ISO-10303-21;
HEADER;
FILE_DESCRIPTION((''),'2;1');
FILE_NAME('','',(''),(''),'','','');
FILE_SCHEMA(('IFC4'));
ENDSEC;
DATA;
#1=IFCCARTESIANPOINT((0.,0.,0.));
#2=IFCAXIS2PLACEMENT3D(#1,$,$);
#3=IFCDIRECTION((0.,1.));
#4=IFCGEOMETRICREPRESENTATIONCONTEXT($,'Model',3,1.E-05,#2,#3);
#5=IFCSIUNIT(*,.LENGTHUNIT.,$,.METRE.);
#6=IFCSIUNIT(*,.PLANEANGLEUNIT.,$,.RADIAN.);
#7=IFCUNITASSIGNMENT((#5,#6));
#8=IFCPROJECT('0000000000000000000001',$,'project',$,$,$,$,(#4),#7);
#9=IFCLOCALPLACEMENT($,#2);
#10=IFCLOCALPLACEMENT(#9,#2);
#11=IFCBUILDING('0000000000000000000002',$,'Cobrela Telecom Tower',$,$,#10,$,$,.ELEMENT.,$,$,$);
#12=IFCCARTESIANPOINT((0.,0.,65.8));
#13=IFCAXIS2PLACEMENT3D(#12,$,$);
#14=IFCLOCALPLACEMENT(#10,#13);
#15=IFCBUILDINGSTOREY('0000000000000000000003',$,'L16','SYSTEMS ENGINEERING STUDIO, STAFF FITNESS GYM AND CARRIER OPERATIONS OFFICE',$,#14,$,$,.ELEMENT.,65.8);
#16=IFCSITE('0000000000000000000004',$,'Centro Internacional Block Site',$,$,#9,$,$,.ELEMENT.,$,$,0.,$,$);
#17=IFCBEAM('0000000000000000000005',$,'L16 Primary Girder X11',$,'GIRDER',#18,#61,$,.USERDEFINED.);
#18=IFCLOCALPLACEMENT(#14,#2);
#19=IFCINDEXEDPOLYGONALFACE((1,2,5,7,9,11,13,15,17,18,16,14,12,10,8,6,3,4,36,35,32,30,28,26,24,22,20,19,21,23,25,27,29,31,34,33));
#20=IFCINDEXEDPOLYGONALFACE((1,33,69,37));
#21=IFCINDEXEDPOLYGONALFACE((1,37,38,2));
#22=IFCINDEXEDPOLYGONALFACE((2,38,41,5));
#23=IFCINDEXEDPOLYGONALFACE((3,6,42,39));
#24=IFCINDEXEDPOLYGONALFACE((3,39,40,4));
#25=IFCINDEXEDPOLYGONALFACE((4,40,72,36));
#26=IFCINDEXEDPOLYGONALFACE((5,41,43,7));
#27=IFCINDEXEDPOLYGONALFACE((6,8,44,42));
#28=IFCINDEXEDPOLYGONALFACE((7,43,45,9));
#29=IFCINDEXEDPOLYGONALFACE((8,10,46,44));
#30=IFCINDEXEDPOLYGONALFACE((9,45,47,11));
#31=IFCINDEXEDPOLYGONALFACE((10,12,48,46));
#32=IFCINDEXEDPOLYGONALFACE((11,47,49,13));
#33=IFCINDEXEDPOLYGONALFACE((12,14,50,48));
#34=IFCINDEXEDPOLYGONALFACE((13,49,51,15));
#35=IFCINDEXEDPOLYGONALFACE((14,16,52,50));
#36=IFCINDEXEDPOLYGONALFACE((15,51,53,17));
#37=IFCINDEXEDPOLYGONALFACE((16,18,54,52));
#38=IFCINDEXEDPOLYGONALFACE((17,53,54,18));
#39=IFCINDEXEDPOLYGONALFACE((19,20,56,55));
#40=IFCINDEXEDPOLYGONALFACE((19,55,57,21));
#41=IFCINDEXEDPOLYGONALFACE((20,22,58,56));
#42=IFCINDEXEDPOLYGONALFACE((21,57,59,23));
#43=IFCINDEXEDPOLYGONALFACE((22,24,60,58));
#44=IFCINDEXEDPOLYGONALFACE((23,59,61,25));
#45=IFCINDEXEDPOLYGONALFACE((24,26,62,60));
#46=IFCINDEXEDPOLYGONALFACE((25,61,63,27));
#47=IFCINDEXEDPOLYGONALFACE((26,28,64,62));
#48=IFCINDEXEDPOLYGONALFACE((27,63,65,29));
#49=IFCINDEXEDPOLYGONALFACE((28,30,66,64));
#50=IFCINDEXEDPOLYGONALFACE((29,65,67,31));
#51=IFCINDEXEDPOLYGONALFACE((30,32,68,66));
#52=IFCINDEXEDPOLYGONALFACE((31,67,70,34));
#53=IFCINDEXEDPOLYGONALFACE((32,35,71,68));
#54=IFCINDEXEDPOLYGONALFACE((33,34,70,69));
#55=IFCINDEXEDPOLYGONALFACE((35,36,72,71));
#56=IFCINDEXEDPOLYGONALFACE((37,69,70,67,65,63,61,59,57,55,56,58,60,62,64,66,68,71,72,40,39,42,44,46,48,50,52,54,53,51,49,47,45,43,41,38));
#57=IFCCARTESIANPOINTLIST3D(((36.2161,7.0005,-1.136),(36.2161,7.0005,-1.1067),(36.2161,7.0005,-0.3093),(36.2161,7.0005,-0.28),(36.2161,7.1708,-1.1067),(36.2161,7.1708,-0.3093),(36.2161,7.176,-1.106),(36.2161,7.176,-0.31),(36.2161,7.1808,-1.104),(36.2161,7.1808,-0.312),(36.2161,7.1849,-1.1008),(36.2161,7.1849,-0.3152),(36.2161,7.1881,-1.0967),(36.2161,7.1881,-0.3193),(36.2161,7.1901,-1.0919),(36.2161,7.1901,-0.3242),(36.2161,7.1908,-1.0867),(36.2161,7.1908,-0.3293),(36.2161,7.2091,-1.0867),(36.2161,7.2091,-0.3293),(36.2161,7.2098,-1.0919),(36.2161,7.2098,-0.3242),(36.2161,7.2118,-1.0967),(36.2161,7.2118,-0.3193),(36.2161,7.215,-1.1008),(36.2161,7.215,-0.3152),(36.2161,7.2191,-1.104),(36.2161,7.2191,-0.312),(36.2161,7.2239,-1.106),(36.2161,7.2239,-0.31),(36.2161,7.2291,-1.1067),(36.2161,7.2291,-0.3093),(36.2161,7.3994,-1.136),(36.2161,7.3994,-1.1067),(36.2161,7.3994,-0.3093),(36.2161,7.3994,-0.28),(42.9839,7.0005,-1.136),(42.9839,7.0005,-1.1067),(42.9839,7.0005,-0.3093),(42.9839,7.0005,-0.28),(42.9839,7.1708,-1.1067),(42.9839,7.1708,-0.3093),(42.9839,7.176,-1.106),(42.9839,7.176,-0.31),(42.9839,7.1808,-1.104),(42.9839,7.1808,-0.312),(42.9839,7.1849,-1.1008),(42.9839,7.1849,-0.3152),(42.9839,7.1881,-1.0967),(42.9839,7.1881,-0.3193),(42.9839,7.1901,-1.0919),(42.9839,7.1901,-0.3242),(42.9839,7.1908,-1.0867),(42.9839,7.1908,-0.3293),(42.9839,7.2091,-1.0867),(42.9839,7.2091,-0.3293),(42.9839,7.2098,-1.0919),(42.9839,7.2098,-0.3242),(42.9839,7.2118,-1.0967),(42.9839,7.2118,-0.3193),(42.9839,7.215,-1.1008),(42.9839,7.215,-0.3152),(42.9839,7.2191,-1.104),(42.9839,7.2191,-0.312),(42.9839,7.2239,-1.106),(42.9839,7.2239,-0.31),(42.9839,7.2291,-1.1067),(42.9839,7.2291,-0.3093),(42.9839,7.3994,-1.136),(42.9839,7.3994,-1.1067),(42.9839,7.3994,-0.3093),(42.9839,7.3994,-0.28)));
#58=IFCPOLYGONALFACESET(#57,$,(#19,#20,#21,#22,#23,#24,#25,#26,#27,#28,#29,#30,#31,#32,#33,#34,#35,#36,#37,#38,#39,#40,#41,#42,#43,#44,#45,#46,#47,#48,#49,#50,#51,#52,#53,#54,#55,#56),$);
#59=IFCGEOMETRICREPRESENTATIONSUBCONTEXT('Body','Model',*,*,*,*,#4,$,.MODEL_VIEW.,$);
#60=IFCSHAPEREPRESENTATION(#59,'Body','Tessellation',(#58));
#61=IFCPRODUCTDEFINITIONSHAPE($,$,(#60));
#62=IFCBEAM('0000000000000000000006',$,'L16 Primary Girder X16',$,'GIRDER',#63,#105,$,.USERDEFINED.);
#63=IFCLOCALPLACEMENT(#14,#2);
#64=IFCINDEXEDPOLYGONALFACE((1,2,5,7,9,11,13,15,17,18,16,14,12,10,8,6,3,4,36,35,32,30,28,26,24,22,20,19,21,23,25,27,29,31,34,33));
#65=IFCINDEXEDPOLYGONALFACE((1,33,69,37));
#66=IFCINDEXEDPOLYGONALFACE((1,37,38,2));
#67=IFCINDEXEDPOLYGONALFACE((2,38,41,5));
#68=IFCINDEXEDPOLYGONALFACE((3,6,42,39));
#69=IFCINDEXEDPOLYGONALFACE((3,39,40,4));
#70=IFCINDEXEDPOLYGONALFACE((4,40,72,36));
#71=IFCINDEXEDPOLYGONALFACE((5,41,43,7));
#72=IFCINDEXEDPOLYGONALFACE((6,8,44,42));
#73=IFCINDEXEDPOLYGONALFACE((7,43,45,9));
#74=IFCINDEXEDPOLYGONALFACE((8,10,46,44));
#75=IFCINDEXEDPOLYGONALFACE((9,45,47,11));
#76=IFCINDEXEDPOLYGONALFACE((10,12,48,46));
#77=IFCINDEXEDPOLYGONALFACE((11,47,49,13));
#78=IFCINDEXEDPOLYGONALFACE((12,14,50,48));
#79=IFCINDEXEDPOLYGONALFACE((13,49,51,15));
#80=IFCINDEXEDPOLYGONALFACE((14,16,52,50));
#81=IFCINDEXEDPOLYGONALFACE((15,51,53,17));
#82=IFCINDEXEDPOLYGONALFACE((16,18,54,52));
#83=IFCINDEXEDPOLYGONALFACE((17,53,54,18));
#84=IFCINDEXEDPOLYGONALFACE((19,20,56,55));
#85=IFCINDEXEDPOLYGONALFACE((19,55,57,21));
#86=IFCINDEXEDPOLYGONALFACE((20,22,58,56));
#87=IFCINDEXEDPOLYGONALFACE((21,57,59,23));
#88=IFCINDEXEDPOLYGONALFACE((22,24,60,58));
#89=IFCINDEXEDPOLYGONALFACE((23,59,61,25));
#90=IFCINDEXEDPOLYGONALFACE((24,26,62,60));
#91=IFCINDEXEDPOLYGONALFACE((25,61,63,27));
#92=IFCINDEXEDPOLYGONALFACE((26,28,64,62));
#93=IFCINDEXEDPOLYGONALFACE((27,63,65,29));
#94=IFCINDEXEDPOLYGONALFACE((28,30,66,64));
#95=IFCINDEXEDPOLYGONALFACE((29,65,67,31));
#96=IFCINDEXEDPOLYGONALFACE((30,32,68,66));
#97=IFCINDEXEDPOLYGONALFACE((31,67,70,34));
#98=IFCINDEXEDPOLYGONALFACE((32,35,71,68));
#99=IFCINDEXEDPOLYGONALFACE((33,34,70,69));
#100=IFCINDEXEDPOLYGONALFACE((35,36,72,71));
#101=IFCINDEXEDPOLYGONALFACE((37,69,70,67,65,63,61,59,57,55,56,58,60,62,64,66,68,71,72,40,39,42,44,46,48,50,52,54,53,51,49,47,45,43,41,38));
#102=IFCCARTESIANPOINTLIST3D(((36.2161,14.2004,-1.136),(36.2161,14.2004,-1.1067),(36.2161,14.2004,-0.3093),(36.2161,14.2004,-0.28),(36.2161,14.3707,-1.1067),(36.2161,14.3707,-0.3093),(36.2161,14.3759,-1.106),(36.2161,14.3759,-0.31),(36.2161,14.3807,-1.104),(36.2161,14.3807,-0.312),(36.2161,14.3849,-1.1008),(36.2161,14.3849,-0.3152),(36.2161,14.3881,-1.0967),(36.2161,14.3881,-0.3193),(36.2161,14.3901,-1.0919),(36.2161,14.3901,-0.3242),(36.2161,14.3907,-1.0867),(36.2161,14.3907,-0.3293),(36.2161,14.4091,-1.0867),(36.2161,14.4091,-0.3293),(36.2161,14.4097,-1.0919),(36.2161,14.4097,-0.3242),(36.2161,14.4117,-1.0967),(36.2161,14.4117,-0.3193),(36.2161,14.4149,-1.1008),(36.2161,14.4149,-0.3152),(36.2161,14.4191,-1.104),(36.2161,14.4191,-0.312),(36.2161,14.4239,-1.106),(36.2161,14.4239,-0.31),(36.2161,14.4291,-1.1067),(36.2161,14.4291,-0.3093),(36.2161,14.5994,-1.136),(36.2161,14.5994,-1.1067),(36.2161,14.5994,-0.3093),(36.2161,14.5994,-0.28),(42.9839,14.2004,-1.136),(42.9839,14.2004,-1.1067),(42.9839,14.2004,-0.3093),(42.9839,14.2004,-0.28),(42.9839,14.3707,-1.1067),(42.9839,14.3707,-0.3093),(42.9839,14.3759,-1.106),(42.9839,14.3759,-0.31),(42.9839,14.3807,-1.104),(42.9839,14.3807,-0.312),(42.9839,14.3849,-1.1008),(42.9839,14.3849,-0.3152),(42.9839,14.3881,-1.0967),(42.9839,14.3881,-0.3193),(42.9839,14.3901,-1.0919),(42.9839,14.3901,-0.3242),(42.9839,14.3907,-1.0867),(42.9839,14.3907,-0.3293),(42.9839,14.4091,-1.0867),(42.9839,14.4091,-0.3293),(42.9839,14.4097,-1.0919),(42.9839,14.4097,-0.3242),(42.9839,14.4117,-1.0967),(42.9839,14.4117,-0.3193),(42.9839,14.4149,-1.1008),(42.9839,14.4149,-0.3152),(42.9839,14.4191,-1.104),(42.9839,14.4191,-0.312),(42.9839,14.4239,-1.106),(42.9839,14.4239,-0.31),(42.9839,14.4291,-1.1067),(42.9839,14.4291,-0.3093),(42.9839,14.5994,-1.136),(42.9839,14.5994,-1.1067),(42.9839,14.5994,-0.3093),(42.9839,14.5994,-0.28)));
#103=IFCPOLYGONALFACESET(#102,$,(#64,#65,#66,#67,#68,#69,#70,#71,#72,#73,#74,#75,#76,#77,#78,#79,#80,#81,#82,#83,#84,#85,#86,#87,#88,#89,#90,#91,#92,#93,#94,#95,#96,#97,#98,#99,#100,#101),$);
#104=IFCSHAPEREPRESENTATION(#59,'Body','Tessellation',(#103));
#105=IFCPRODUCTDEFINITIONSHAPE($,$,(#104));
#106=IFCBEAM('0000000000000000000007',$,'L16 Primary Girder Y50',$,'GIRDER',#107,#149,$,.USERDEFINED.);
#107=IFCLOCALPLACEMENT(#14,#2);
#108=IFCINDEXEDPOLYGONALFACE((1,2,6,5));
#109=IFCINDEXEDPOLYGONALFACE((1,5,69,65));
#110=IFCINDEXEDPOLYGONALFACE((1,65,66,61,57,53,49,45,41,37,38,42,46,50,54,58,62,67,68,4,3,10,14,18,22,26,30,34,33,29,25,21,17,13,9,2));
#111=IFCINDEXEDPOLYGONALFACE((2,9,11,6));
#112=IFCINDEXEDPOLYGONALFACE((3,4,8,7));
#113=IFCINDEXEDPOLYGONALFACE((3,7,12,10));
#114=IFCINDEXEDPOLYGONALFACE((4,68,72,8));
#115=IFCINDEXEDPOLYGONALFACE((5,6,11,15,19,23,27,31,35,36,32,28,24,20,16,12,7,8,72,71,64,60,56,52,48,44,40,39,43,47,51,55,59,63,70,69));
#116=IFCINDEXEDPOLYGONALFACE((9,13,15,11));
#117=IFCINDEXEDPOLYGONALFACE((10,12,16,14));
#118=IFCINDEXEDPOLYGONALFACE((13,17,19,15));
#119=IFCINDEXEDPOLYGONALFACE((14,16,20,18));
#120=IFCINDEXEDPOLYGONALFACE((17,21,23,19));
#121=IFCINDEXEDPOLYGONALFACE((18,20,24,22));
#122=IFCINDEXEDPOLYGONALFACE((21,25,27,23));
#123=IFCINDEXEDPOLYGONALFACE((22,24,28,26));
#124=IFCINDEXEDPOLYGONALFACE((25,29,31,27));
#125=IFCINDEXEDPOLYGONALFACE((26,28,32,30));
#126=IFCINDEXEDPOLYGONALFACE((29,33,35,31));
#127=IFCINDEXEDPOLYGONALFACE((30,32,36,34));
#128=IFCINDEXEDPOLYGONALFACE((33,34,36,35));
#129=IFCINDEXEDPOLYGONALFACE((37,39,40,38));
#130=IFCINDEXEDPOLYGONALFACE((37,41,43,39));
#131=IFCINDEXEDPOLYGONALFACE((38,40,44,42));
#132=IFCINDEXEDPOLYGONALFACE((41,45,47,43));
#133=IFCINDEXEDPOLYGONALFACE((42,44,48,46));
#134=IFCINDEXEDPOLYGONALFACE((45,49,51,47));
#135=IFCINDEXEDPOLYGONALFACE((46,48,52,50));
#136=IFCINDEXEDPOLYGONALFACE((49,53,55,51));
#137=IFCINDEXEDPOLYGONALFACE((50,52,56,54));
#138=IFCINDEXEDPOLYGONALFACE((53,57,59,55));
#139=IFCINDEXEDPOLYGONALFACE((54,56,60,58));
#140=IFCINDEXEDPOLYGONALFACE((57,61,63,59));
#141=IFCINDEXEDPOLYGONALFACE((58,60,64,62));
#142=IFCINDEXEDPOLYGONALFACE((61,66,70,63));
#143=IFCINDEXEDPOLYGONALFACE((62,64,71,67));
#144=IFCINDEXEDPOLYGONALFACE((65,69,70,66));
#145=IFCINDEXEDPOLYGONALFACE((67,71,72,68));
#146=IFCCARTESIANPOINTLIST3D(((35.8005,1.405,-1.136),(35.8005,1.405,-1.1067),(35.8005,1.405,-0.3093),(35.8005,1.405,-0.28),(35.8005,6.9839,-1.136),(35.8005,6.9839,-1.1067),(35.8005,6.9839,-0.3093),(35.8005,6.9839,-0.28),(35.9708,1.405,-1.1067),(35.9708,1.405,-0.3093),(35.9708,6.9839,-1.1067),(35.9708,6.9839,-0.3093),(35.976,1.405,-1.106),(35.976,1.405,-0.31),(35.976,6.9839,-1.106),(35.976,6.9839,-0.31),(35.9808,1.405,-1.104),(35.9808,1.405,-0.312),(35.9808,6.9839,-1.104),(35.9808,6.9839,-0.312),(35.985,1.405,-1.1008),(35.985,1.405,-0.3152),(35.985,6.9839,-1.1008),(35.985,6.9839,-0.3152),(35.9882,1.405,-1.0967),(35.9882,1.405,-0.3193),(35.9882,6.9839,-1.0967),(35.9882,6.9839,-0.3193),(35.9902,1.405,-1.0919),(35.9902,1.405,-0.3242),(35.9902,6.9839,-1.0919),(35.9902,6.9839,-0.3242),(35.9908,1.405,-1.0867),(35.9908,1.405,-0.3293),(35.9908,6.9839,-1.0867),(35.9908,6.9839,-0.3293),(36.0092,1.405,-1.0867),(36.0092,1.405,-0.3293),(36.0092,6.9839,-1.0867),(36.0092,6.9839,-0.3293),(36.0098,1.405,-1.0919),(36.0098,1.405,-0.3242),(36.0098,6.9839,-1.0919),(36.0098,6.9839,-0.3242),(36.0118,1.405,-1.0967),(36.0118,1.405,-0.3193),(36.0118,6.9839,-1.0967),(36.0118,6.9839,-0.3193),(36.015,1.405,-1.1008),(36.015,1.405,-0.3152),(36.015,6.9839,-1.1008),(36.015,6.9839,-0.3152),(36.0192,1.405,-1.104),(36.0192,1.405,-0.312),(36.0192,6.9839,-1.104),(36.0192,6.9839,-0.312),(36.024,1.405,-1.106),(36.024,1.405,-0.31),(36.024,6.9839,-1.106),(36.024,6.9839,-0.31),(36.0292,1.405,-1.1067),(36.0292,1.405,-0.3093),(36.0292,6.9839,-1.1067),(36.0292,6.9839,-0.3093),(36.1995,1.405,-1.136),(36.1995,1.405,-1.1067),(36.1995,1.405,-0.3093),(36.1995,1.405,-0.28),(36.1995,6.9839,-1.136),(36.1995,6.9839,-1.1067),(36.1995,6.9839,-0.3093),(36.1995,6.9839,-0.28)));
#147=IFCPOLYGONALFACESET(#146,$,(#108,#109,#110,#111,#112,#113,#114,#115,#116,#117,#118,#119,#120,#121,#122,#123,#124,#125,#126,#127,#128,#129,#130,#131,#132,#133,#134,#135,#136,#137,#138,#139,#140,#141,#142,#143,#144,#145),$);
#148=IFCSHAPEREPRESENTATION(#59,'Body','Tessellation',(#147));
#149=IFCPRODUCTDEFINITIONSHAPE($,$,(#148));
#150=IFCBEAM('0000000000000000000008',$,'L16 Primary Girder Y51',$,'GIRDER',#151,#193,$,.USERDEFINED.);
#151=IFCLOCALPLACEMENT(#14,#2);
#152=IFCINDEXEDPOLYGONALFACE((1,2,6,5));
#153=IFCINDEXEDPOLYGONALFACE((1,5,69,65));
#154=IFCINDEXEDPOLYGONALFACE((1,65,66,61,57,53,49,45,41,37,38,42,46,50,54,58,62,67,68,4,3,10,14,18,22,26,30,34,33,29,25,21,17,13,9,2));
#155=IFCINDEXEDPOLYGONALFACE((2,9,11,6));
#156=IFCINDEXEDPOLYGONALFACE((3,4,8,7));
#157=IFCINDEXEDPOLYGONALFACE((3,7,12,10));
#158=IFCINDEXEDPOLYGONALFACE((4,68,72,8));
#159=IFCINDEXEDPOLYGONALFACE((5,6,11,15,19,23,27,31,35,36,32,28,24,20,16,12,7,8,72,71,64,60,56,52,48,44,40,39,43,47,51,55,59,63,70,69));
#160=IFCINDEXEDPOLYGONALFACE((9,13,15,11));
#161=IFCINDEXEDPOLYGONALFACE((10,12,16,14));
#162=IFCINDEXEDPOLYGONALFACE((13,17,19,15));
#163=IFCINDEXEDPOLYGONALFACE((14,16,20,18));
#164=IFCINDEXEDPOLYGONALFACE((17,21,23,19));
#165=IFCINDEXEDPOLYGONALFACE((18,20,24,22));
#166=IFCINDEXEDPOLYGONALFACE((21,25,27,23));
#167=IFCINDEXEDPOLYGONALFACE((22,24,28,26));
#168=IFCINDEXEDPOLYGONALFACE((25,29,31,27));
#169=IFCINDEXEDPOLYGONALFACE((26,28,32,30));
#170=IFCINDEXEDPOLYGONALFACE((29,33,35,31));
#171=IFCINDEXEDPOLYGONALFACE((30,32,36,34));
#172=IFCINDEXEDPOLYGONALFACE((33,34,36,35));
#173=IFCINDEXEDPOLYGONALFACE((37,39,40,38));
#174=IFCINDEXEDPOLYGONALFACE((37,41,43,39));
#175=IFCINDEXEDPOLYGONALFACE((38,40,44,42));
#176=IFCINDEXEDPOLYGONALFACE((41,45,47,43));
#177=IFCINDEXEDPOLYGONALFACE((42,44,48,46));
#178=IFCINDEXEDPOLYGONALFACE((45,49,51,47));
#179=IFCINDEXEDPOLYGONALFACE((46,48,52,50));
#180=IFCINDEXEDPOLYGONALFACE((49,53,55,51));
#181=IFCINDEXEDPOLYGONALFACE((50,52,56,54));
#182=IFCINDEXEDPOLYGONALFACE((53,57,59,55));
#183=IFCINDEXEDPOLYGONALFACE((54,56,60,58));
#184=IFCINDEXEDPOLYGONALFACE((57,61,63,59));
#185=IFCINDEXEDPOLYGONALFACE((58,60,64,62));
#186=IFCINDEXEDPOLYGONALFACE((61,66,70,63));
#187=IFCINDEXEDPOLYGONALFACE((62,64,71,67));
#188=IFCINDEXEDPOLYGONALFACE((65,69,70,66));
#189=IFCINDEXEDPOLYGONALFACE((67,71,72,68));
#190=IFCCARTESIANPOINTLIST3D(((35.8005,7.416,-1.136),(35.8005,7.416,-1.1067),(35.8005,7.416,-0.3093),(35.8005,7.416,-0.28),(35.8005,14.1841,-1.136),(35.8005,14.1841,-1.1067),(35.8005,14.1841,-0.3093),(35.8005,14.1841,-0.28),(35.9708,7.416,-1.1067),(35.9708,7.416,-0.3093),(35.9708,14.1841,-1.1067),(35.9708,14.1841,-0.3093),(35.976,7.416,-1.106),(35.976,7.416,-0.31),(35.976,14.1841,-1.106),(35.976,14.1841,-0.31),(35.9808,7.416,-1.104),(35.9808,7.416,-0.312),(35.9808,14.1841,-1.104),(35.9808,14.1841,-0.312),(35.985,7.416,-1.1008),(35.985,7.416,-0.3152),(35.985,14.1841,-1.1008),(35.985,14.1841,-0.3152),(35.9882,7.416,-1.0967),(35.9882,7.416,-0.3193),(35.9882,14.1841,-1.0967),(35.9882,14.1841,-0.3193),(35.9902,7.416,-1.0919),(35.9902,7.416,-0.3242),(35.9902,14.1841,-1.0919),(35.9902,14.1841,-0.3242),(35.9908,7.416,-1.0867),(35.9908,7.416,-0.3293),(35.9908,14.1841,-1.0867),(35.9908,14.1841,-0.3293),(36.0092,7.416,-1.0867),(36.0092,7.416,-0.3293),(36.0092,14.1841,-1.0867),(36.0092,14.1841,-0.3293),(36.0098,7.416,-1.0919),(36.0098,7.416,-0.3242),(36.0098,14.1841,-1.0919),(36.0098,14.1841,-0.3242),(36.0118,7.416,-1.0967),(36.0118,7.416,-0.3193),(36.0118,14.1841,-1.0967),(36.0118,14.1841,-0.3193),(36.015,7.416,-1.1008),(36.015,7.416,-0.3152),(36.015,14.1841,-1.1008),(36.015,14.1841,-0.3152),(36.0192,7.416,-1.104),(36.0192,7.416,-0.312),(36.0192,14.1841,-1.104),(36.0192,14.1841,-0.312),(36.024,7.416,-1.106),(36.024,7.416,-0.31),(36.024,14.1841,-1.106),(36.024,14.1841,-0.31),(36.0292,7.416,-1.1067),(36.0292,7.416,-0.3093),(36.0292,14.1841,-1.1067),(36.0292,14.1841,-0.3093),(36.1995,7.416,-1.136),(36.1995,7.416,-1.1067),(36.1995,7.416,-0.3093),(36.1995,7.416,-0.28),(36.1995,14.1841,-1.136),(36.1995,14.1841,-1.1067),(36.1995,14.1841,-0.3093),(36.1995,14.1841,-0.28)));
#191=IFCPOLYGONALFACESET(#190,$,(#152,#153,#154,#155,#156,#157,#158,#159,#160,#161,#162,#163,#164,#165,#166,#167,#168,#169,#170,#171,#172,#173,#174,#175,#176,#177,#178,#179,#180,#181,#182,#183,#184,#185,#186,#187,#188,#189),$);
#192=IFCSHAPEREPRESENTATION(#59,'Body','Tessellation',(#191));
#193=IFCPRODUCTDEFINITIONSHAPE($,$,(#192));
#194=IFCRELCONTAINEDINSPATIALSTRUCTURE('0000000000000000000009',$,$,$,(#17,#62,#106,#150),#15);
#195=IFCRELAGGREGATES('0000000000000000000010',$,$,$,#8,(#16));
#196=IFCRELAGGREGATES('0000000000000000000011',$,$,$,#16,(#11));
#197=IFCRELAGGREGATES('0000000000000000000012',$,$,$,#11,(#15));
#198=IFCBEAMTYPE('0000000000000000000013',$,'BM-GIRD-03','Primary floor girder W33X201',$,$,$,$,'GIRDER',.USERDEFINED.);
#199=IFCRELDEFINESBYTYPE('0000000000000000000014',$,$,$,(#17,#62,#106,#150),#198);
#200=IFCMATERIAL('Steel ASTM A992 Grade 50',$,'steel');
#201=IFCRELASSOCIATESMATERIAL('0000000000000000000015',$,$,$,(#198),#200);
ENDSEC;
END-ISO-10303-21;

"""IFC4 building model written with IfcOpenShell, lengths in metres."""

from ifc_helpers import new_model, si_unit, direction, frame, origin, origin_2d, place, context, subcontext, project, spatial, i_section, extrude, material, material_profile, profile_set, type_object, element, save


model = new_model("IFC4")

# Units and contexts
model_context = context("Model", 3, precision=1e-05, world=origin(), true_north=direction((0.0, 1.0)))
body_context = subcontext(model_context, "Body", "Model", "MODEL_VIEW")
ifc_project = project(units=[si_unit("LENGTHUNIT", "METRE"), si_unit("PLANEANGLEUNIT", "RADIAN")], contexts=[model_context])

# Site, building, storey
site_placement = place(None, origin())
site = spatial("IfcSite", under=ifc_project, at=site_placement, Name="Centro Internacional Block Site", CompositionType="ELEMENT", RefElevation=0.0)
building_placement = place(site_placement, origin())
building = spatial("IfcBuilding", under=site, at=building_placement, Name="Cobrela Telecom Tower", CompositionType="ELEMENT")
storey_placement = place(building_placement, frame((0.0, 0.0, 65.8)))
storey = spatial("IfcBuildingStorey", under=building, at=storey_placement, Name="L16", Description="SYSTEMS ENGINEERING STUDIO, STAFF FITNESS GYM AND CARRIER OPERATIONS OFFICE", CompositionType="ELEMENT", Elevation=65.8)

# Shared definitions
ifc_material_1 = material(Name="Steel ASTM A992 Grade 50", Category="steel")

# Beams
ifc_material_profile_1 = material_profile(ifc_material_1, i_section(OverallWidth=0.3989, OverallDepth=0.856, WebThickness=0.0183, FlangeThickness=0.0293, FilletRadius=0.02, at=origin_2d()), Name="W33X201")
ifc_profile_set_1 = profile_set([ifc_material_profile_1], Name="Steel ASTM A992 Grade 50")
beam_type_1 = type_object("IfcBeamType", Name="BM-GIRD-03", Description="Primary floor girder W33X201", ElementType="GIRDER", PredefinedType="USERDEFINED", material=ifc_profile_set_1)
for number, where, z_axis, x_axis, name in (
    (1, (36.2161, 7.2, -0.708), (1.0, 0.0, 0.0), (0.0, 1.0, 0.0), "L16 Primary Girder X11"),
    (2, (36.2161, 14.3999, -0.708), (1.0, 0.0, 0.0), (0.0, 1.0, 0.0), "L16 Primary Girder X16"),
):
    element("IfcBeam", number, at=place(storey_placement, frame(where, z_axis=z_axis, x_axis=x_axis)), inside=storey, type_object=beam_type_1, Name=name, ObjectType="GIRDER", PredefinedType="USERDEFINED", context=body_context, shape_type="SweptSolid", body=[
        extrude(i_section(OverallWidth=0.3989, OverallDepth=0.856, WebThickness=0.0183, FlangeThickness=0.0293, FilletRadius=0.02, at=origin_2d()), origin(), (0.0, 0.0, 1.0), 6.7678),
    ])
beam_1_placement = place(storey_placement, frame((36.0, 1.405, -0.708), z_axis=(0.0, 1.0, 0.0), x_axis=(-1.0, 0.0, 0.0)))
element("IfcBeam", 3, at=beam_1_placement, inside=storey, type_object=beam_type_1, Name="L16 Primary Girder Y50", ObjectType="GIRDER", PredefinedType="USERDEFINED", context=body_context, shape_type="SweptSolid", body=[
    extrude(i_section(OverallWidth=0.3989, OverallDepth=0.856, WebThickness=0.0183, FlangeThickness=0.0293, FilletRadius=0.02, at=origin_2d()), origin(), (0.0, 0.0, 1.0), 5.5789),
])
beam_2_placement = place(storey_placement, frame((36.0, 7.416, -0.708), z_axis=(0.0, 1.0, 0.0), x_axis=(-1.0, 0.0, 0.0)))
element("IfcBeam", 4, at=beam_2_placement, inside=storey, type_object=beam_type_1, Name="L16 Primary Girder Y51", ObjectType="GIRDER", PredefinedType="USERDEFINED", context=body_context, shape_type="SweptSolid", body=[
    extrude(i_section(OverallWidth=0.3989, OverallDepth=0.856, WebThickness=0.0183, FlangeThickness=0.0293, FilletRadius=0.02, at=origin_2d()), origin(), (0.0, 0.0, 1.0), 6.7681),
])

save(model, "model.ifc")
